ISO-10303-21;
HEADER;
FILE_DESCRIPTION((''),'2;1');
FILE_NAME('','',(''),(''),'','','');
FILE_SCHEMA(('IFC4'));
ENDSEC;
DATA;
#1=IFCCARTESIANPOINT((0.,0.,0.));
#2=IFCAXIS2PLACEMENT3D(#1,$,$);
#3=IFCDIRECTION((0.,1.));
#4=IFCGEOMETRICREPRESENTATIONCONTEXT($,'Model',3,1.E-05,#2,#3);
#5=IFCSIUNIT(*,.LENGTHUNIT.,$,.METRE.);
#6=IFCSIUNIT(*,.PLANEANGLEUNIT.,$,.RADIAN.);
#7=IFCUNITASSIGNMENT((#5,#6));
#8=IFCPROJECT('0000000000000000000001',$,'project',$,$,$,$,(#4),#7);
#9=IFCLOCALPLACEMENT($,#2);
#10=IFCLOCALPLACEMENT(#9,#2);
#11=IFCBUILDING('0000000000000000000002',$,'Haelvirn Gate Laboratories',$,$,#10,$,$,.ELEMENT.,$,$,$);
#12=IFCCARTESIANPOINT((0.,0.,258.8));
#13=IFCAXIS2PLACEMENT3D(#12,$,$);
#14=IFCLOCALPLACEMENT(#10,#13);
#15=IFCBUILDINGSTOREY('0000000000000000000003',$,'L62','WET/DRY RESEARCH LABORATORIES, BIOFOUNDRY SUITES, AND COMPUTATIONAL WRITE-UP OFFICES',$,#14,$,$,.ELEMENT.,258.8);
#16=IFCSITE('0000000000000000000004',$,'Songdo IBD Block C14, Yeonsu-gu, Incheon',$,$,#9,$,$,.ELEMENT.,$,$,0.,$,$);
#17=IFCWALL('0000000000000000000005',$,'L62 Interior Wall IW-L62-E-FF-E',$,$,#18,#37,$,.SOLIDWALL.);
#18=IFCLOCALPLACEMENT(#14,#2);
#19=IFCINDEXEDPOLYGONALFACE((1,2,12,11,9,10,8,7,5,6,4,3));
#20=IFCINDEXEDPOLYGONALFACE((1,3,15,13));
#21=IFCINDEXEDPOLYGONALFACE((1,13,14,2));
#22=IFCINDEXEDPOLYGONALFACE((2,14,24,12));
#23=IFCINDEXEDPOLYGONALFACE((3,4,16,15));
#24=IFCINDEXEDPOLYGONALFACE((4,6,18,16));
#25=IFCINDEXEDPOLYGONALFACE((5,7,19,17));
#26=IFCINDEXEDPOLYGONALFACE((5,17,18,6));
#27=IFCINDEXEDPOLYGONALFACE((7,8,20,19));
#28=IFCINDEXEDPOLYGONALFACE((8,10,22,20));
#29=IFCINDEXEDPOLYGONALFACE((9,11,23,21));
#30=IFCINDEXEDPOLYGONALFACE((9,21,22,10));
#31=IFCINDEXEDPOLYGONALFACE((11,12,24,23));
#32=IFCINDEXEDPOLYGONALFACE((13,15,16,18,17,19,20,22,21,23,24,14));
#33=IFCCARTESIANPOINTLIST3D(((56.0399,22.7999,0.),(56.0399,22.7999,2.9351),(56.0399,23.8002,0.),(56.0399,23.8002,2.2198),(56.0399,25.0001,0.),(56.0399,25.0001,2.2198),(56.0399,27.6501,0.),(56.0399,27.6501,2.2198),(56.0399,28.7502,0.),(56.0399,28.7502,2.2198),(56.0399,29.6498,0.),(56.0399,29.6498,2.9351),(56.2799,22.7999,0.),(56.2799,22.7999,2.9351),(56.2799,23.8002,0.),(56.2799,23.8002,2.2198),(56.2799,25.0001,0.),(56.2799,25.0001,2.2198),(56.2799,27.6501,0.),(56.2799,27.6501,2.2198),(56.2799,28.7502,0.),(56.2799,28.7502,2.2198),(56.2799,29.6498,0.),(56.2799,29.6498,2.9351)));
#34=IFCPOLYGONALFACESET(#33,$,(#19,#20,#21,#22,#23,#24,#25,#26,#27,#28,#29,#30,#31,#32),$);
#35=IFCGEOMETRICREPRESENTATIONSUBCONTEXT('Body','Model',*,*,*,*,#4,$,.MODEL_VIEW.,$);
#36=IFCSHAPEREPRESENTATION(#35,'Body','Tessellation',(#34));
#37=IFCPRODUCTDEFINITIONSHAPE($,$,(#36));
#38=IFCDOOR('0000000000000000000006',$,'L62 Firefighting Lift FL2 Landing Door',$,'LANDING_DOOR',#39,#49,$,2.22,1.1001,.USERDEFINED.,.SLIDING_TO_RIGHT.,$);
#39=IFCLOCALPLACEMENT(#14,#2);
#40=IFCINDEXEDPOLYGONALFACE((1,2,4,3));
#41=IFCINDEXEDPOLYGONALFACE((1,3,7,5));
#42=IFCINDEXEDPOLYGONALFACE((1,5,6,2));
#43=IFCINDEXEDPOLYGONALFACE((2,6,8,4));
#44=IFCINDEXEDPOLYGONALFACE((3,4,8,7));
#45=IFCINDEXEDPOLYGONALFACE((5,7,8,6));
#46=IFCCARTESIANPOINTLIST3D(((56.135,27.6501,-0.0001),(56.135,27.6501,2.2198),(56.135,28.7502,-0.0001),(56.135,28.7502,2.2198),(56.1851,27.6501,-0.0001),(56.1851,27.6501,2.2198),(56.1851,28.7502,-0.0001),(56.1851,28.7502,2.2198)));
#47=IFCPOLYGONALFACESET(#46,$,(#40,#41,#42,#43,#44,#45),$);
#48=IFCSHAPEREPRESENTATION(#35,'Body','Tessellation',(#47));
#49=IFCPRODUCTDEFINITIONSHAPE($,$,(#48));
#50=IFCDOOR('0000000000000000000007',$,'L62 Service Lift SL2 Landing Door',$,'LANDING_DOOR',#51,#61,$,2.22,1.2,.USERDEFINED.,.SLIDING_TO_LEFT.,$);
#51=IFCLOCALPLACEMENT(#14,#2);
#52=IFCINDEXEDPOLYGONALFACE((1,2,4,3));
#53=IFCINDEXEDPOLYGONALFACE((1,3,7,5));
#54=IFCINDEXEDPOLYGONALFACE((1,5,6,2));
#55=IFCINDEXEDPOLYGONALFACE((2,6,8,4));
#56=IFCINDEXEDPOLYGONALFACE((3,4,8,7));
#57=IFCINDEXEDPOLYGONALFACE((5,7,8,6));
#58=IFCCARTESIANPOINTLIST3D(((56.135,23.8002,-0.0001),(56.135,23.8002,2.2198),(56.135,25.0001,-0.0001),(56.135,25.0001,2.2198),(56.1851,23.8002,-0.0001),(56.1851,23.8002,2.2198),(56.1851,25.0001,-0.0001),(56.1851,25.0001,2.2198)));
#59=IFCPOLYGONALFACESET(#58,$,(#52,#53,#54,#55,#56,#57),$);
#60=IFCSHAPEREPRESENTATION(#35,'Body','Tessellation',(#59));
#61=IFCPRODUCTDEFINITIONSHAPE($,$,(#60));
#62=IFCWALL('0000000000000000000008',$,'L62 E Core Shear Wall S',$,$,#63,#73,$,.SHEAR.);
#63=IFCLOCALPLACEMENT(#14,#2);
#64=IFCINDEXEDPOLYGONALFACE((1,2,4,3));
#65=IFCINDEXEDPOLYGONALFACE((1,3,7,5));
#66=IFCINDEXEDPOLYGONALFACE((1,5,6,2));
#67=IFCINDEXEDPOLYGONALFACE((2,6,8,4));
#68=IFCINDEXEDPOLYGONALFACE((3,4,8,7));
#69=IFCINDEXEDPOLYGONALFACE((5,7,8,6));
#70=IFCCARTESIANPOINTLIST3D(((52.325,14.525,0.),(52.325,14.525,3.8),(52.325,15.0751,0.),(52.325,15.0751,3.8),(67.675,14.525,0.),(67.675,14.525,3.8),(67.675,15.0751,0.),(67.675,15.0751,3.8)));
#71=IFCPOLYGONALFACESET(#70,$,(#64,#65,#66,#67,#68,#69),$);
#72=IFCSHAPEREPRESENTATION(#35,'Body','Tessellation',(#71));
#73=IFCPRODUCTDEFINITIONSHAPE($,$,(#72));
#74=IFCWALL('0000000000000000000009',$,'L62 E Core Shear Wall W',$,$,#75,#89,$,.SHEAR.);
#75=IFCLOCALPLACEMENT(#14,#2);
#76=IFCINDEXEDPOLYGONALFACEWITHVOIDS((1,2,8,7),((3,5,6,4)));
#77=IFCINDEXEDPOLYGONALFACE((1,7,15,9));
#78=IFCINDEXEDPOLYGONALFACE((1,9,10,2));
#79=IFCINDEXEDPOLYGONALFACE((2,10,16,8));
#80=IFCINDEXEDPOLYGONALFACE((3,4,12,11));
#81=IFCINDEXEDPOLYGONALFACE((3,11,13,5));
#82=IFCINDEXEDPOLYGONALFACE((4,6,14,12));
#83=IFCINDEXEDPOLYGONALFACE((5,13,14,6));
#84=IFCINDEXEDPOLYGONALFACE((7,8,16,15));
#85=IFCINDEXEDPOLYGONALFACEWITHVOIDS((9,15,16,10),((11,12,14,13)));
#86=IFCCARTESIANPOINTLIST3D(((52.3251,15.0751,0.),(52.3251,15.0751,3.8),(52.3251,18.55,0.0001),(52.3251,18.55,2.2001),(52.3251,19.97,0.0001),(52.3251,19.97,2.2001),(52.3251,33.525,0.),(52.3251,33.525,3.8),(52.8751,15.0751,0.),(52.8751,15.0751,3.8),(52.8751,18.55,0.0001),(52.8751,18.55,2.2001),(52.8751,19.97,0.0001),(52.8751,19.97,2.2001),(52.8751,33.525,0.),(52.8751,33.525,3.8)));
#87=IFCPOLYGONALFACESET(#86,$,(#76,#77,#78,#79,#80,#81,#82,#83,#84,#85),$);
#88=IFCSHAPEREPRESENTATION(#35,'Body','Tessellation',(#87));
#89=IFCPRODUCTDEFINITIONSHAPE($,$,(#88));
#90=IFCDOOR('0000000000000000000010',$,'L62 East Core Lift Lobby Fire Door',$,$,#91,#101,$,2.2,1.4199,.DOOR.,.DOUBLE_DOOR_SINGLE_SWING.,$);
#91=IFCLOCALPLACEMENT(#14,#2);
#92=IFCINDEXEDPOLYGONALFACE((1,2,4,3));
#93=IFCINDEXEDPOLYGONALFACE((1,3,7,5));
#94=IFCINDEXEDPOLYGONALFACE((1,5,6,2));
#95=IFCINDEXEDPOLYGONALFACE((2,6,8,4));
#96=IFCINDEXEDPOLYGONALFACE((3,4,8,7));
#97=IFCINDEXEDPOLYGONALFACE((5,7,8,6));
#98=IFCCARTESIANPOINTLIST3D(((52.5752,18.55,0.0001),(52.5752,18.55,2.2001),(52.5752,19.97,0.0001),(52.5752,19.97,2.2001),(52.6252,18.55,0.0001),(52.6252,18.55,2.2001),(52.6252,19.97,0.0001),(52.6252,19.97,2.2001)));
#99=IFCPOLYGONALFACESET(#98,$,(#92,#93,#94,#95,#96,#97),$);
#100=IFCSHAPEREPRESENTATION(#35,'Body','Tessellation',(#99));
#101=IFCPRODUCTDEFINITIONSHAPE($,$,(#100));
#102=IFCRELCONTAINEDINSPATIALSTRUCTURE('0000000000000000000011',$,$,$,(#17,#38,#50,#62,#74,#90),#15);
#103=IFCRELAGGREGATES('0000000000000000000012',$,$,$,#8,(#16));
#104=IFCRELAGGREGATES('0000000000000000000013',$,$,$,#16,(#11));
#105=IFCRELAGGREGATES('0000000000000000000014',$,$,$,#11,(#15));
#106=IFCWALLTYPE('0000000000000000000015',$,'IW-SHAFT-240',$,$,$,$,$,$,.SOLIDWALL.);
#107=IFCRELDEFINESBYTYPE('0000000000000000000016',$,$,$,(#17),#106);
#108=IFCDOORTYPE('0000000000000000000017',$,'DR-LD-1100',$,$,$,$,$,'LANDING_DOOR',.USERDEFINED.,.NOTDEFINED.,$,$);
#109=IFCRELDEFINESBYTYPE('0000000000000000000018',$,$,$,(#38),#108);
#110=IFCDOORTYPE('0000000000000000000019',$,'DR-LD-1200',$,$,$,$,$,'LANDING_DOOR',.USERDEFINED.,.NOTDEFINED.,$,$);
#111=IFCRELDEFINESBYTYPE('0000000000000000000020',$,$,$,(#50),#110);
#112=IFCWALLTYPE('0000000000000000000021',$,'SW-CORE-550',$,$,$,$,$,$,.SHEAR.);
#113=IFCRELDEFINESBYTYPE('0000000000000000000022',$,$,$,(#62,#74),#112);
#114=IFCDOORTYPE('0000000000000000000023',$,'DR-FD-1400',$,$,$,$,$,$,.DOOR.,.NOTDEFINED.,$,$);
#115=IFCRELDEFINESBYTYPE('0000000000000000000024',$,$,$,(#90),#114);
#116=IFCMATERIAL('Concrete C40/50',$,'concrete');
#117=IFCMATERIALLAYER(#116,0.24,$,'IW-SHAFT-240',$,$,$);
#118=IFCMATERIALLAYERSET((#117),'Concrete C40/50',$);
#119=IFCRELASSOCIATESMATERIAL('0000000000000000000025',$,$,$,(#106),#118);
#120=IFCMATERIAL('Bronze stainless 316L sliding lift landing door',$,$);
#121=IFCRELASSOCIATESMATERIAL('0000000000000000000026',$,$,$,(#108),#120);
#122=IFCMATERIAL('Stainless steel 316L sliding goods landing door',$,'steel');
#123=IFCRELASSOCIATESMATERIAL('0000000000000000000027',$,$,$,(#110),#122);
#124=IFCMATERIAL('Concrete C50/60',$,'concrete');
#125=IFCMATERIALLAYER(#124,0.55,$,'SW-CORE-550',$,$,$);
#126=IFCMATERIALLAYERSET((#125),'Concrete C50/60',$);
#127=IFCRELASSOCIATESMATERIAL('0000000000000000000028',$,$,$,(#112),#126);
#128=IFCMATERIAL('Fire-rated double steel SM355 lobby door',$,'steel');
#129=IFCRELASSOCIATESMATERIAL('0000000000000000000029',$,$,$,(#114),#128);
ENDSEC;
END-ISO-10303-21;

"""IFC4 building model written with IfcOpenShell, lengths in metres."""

from ifc_helpers import new_model, si_unit, direction, frame, frame_2d, origin, place, context, subcontext, project, spatial, rectangle, extrude, source, transform, mapped, material, layer, layer_set, type_object, type_shapes, element, fill, save


model = new_model("IFC4")

# Units and contexts
model_context = context("Model", 3, precision=1e-05, world=origin(), true_north=direction((0.0, 1.0)))
body_context = subcontext(model_context, "Body", "Model", "MODEL_VIEW")
ifc_project = project(units=[si_unit("LENGTHUNIT", "METRE"), si_unit("PLANEANGLEUNIT", "RADIAN")], contexts=[model_context])

# Site, building, storey
site_placement = place(None, origin())
site = spatial("IfcSite", under=ifc_project, at=site_placement, Name="Songdo IBD Block C14, Yeonsu-gu, Incheon", CompositionType="ELEMENT", RefElevation=0.0)
building_placement = place(site_placement, origin())
building = spatial("IfcBuilding", under=site, at=building_placement, Name="Haelvirn Gate Laboratories", CompositionType="ELEMENT")
storey_placement = place(building_placement, frame((0.0, 0.0, 258.8)))
storey = spatial("IfcBuildingStorey", under=building, at=storey_placement, Name="L62", Description="WET/DRY RESEARCH LABORATORIES, BIOFOUNDRY SUITES, AND COMPUTATIONAL WRITE-UP OFFICES", CompositionType="ELEMENT", Elevation=258.8)

# Shared definitions
ifc_material_1 = material(Name="Concrete C40/50", Category="concrete")

# Wall, openings, doors
ifc_layer_1 = layer(ifc_material_1, 0.24, Name="IW-SHAFT-240")
ifc_layer_set_1 = layer_set([ifc_layer_1], Name="Concrete C40/50")
wall_type_1 = type_object("IfcWallType", Name="IW-SHAFT-240", PredefinedType="SOLIDWALL", material=ifc_layer_set_1)
wall_1_placement = place(storey_placement, frame((56.1599, 22.8, 0.0), z_axis=(0.0, 0.0, 1.0), x_axis=(0.0, 1.0, 0.0)))
wall_1 = element("IfcWall", 1, at=wall_1_placement, inside=storey, type_object=wall_type_1, Name="L62 Interior Wall IW-L62-E-FF-E", PredefinedType="SOLIDWALL", context=body_context, shape_type="SweptSolid", body=[
    extrude(rectangle(XDim=6.8499, YDim=0.24, at=frame_2d((3.4248, 0.0))), origin(), (0.0, 0.0, 1.0), 2.9351),
])
opening_1_placement = place(wall_1_placement, frame((4.8501, 0.0, 0.0)))
opening_1 = element("IfcOpeningElement", 2, at=opening_1_placement, cuts=wall_1, PredefinedType="OPENING", context=body_context, shape_type="SweptSolid", body=[
    extrude(rectangle(XDim=1.1001, YDim=2.22, at=frame_2d((0.55, 1.1099))), frame((0.0, 0.1299, 0.0), z_axis=(0.0, -1.0, 0.0), x_axis=(1.0, 0.0, 0.0)), (0.0, 0.0, 1.0), 0.26),
])
opening_2_placement = place(wall_1_placement, frame((1.0, 0.0, 0.0)))
opening_2 = element("IfcOpeningElement", 3, at=opening_2_placement, cuts=wall_1, PredefinedType="OPENING", context=body_context, shape_type="SweptSolid", body=[
    extrude(rectangle(XDim=1.2, YDim=2.22, at=frame_2d((0.6001, 1.1099))), frame((0.0, 0.1299, 0.0), z_axis=(0.0, -1.0, 0.0), x_axis=(1.0, 0.0, 0.0)), (0.0, 0.0, 1.0), 0.26),
])
ifc_material_2 = material(Name="Bronze stainless 316L sliding lift landing door")
door_type_1 = type_object("IfcDoorType", Name="DR-LD-1100", ElementType="LANDING_DOOR", OperationType="NOTDEFINED", PredefinedType="USERDEFINED", material=ifc_material_2)
shared_shape_1 = source(origin(), body_context, "Body", "SweptSolid", [
    extrude(rectangle(XDim=1.1001, YDim=2.22, at=frame_2d((0.55, 1.1099))), frame((0.0, 0.0249, 0.0), z_axis=(0.0, -1.0, 0.0), x_axis=(1.0, 0.0, 0.0)), (0.0, 0.0, 1.0), 0.05),
])
type_shapes(door_type_1, [shared_shape_1])
door_1_placement = place(opening_1_placement, origin())
door_1 = element("IfcDoor", 4, at=door_1_placement, inside=storey, type_object=door_type_1, Name="L62 Firefighting Lift FL2 Landing Door", ObjectType="LANDING_DOOR", OperationType="SLIDING_TO_RIGHT", OverallHeight=2.22, OverallWidth=1.1001, PredefinedType="USERDEFINED", context=body_context, shape_type="MappedRepresentation", body=[
    mapped(shared_shape_1, transform((0.0, 0.0, 0.0), scale=1.0)),
])
fill(opening_1, door_1)
ifc_material_3 = material(Name="Stainless steel 316L sliding goods landing door", Category="steel")
door_type_2 = type_object("IfcDoorType", Name="DR-LD-1200", ElementType="LANDING_DOOR", OperationType="NOTDEFINED", PredefinedType="USERDEFINED", material=ifc_material_3)
shared_shape_2 = source(origin(), body_context, "Body", "SweptSolid", [
    extrude(rectangle(XDim=1.2, YDim=2.22, at=frame_2d((0.6001, 1.1099))), frame((0.0, 0.0249, 0.0), z_axis=(0.0, -1.0, 0.0), x_axis=(1.0, 0.0, 0.0)), (0.0, 0.0, 1.0), 0.05),
])
type_shapes(door_type_2, [shared_shape_2])
door_2_placement = place(opening_2_placement, origin())
door_2 = element("IfcDoor", 5, at=door_2_placement, inside=storey, type_object=door_type_2, Name="L62 Service Lift SL2 Landing Door", ObjectType="LANDING_DOOR", OperationType="SLIDING_TO_LEFT", OverallHeight=2.22, OverallWidth=1.2, PredefinedType="USERDEFINED", context=body_context, shape_type="MappedRepresentation", body=[
    mapped(shared_shape_2, transform((0.0, 0.0, 0.0), scale=1.0)),
])
fill(opening_2, door_2)

# Wall
ifc_material_4 = material(Name="Concrete C50/60", Category="concrete")
ifc_layer_2 = layer(ifc_material_4, 0.55, Name="SW-CORE-550")
ifc_layer_set_2 = layer_set([ifc_layer_2], Name="Concrete C50/60")
wall_type_2 = type_object("IfcWallType", Name="SW-CORE-550", PredefinedType="SHEAR", material=ifc_layer_set_2)
wall_2_placement = place(storey_placement, frame((52.325, 14.8, 0.0), z_axis=(0.0, 0.0, 1.0), x_axis=(1.0, 0.0, 0.0)))
element("IfcWall", 6, at=wall_2_placement, inside=storey, type_object=wall_type_2, Name="L62 E Core Shear Wall S", PredefinedType="SHEAR", context=body_context, shape_type="SweptSolid", body=[
    extrude(rectangle(XDim=15.3501, YDim=0.55, at=frame_2d((7.675, 0.0))), origin(), (0.0, 0.0, 1.0), 3.8),
])

# Wall, opening, door
wall_3_placement = place(storey_placement, frame((52.6001, 15.075, 0.0), z_axis=(0.0, 0.0, 1.0), x_axis=(0.0, 1.0, 0.0)))
wall_3 = element("IfcWall", 7, at=wall_3_placement, inside=storey, type_object=wall_type_2, Name="L62 E Core Shear Wall W", PredefinedType="SHEAR", context=body_context, shape_type="SweptSolid", body=[
    extrude(rectangle(XDim=18.45, YDim=0.55, at=frame_2d((9.2251, 0.0))), origin(), (0.0, 0.0, 1.0), 3.8),
])
opening_3_placement = place(wall_3_placement, frame((3.4751, 0.0, 0.0)))
opening_3 = element("IfcOpeningElement", 8, at=opening_3_placement, cuts=wall_3, PredefinedType="OPENING", context=body_context, shape_type="SweptSolid", body=[
    extrude(rectangle(XDim=1.4199, YDim=2.2, at=frame_2d((0.71, 1.1001))), frame((0.0, 0.2852, 0.0), z_axis=(0.0, -1.0, 0.0), x_axis=(1.0, 0.0, 0.0)), (0.0, 0.0, 1.0), 0.5701),
])
ifc_material_5 = material(Name="Fire-rated double steel SM355 lobby door", Category="steel")
door_type_3 = type_object("IfcDoorType", Name="DR-FD-1400", OperationType="NOTDEFINED", PredefinedType="DOOR", material=ifc_material_5)
shared_shape_3 = source(origin(), body_context, "Body", "SweptSolid", [
    extrude(rectangle(XDim=1.4199, YDim=2.2, at=frame_2d((0.71, 1.1001))), frame((0.0, 0.0249, 0.0), z_axis=(0.0, -1.0, 0.0), x_axis=(1.0, 0.0, 0.0)), (0.0, 0.0, 1.0), 0.05),
])
type_shapes(door_type_3, [shared_shape_3])
door_3_placement = place(opening_3_placement, origin())
door_3 = element("IfcDoor", 9, at=door_3_placement, inside=storey, type_object=door_type_3, Name="L62 East Core Lift Lobby Fire Door", OperationType="DOUBLE_DOOR_SINGLE_SWING", OverallHeight=2.2, OverallWidth=1.4199, PredefinedType="DOOR", context=body_context, shape_type="MappedRepresentation", body=[
    mapped(shared_shape_3, transform((0.0, 0.0, 0.0), scale=1.0)),
])
fill(opening_3, door_3)

save(model, "model.ifc")
